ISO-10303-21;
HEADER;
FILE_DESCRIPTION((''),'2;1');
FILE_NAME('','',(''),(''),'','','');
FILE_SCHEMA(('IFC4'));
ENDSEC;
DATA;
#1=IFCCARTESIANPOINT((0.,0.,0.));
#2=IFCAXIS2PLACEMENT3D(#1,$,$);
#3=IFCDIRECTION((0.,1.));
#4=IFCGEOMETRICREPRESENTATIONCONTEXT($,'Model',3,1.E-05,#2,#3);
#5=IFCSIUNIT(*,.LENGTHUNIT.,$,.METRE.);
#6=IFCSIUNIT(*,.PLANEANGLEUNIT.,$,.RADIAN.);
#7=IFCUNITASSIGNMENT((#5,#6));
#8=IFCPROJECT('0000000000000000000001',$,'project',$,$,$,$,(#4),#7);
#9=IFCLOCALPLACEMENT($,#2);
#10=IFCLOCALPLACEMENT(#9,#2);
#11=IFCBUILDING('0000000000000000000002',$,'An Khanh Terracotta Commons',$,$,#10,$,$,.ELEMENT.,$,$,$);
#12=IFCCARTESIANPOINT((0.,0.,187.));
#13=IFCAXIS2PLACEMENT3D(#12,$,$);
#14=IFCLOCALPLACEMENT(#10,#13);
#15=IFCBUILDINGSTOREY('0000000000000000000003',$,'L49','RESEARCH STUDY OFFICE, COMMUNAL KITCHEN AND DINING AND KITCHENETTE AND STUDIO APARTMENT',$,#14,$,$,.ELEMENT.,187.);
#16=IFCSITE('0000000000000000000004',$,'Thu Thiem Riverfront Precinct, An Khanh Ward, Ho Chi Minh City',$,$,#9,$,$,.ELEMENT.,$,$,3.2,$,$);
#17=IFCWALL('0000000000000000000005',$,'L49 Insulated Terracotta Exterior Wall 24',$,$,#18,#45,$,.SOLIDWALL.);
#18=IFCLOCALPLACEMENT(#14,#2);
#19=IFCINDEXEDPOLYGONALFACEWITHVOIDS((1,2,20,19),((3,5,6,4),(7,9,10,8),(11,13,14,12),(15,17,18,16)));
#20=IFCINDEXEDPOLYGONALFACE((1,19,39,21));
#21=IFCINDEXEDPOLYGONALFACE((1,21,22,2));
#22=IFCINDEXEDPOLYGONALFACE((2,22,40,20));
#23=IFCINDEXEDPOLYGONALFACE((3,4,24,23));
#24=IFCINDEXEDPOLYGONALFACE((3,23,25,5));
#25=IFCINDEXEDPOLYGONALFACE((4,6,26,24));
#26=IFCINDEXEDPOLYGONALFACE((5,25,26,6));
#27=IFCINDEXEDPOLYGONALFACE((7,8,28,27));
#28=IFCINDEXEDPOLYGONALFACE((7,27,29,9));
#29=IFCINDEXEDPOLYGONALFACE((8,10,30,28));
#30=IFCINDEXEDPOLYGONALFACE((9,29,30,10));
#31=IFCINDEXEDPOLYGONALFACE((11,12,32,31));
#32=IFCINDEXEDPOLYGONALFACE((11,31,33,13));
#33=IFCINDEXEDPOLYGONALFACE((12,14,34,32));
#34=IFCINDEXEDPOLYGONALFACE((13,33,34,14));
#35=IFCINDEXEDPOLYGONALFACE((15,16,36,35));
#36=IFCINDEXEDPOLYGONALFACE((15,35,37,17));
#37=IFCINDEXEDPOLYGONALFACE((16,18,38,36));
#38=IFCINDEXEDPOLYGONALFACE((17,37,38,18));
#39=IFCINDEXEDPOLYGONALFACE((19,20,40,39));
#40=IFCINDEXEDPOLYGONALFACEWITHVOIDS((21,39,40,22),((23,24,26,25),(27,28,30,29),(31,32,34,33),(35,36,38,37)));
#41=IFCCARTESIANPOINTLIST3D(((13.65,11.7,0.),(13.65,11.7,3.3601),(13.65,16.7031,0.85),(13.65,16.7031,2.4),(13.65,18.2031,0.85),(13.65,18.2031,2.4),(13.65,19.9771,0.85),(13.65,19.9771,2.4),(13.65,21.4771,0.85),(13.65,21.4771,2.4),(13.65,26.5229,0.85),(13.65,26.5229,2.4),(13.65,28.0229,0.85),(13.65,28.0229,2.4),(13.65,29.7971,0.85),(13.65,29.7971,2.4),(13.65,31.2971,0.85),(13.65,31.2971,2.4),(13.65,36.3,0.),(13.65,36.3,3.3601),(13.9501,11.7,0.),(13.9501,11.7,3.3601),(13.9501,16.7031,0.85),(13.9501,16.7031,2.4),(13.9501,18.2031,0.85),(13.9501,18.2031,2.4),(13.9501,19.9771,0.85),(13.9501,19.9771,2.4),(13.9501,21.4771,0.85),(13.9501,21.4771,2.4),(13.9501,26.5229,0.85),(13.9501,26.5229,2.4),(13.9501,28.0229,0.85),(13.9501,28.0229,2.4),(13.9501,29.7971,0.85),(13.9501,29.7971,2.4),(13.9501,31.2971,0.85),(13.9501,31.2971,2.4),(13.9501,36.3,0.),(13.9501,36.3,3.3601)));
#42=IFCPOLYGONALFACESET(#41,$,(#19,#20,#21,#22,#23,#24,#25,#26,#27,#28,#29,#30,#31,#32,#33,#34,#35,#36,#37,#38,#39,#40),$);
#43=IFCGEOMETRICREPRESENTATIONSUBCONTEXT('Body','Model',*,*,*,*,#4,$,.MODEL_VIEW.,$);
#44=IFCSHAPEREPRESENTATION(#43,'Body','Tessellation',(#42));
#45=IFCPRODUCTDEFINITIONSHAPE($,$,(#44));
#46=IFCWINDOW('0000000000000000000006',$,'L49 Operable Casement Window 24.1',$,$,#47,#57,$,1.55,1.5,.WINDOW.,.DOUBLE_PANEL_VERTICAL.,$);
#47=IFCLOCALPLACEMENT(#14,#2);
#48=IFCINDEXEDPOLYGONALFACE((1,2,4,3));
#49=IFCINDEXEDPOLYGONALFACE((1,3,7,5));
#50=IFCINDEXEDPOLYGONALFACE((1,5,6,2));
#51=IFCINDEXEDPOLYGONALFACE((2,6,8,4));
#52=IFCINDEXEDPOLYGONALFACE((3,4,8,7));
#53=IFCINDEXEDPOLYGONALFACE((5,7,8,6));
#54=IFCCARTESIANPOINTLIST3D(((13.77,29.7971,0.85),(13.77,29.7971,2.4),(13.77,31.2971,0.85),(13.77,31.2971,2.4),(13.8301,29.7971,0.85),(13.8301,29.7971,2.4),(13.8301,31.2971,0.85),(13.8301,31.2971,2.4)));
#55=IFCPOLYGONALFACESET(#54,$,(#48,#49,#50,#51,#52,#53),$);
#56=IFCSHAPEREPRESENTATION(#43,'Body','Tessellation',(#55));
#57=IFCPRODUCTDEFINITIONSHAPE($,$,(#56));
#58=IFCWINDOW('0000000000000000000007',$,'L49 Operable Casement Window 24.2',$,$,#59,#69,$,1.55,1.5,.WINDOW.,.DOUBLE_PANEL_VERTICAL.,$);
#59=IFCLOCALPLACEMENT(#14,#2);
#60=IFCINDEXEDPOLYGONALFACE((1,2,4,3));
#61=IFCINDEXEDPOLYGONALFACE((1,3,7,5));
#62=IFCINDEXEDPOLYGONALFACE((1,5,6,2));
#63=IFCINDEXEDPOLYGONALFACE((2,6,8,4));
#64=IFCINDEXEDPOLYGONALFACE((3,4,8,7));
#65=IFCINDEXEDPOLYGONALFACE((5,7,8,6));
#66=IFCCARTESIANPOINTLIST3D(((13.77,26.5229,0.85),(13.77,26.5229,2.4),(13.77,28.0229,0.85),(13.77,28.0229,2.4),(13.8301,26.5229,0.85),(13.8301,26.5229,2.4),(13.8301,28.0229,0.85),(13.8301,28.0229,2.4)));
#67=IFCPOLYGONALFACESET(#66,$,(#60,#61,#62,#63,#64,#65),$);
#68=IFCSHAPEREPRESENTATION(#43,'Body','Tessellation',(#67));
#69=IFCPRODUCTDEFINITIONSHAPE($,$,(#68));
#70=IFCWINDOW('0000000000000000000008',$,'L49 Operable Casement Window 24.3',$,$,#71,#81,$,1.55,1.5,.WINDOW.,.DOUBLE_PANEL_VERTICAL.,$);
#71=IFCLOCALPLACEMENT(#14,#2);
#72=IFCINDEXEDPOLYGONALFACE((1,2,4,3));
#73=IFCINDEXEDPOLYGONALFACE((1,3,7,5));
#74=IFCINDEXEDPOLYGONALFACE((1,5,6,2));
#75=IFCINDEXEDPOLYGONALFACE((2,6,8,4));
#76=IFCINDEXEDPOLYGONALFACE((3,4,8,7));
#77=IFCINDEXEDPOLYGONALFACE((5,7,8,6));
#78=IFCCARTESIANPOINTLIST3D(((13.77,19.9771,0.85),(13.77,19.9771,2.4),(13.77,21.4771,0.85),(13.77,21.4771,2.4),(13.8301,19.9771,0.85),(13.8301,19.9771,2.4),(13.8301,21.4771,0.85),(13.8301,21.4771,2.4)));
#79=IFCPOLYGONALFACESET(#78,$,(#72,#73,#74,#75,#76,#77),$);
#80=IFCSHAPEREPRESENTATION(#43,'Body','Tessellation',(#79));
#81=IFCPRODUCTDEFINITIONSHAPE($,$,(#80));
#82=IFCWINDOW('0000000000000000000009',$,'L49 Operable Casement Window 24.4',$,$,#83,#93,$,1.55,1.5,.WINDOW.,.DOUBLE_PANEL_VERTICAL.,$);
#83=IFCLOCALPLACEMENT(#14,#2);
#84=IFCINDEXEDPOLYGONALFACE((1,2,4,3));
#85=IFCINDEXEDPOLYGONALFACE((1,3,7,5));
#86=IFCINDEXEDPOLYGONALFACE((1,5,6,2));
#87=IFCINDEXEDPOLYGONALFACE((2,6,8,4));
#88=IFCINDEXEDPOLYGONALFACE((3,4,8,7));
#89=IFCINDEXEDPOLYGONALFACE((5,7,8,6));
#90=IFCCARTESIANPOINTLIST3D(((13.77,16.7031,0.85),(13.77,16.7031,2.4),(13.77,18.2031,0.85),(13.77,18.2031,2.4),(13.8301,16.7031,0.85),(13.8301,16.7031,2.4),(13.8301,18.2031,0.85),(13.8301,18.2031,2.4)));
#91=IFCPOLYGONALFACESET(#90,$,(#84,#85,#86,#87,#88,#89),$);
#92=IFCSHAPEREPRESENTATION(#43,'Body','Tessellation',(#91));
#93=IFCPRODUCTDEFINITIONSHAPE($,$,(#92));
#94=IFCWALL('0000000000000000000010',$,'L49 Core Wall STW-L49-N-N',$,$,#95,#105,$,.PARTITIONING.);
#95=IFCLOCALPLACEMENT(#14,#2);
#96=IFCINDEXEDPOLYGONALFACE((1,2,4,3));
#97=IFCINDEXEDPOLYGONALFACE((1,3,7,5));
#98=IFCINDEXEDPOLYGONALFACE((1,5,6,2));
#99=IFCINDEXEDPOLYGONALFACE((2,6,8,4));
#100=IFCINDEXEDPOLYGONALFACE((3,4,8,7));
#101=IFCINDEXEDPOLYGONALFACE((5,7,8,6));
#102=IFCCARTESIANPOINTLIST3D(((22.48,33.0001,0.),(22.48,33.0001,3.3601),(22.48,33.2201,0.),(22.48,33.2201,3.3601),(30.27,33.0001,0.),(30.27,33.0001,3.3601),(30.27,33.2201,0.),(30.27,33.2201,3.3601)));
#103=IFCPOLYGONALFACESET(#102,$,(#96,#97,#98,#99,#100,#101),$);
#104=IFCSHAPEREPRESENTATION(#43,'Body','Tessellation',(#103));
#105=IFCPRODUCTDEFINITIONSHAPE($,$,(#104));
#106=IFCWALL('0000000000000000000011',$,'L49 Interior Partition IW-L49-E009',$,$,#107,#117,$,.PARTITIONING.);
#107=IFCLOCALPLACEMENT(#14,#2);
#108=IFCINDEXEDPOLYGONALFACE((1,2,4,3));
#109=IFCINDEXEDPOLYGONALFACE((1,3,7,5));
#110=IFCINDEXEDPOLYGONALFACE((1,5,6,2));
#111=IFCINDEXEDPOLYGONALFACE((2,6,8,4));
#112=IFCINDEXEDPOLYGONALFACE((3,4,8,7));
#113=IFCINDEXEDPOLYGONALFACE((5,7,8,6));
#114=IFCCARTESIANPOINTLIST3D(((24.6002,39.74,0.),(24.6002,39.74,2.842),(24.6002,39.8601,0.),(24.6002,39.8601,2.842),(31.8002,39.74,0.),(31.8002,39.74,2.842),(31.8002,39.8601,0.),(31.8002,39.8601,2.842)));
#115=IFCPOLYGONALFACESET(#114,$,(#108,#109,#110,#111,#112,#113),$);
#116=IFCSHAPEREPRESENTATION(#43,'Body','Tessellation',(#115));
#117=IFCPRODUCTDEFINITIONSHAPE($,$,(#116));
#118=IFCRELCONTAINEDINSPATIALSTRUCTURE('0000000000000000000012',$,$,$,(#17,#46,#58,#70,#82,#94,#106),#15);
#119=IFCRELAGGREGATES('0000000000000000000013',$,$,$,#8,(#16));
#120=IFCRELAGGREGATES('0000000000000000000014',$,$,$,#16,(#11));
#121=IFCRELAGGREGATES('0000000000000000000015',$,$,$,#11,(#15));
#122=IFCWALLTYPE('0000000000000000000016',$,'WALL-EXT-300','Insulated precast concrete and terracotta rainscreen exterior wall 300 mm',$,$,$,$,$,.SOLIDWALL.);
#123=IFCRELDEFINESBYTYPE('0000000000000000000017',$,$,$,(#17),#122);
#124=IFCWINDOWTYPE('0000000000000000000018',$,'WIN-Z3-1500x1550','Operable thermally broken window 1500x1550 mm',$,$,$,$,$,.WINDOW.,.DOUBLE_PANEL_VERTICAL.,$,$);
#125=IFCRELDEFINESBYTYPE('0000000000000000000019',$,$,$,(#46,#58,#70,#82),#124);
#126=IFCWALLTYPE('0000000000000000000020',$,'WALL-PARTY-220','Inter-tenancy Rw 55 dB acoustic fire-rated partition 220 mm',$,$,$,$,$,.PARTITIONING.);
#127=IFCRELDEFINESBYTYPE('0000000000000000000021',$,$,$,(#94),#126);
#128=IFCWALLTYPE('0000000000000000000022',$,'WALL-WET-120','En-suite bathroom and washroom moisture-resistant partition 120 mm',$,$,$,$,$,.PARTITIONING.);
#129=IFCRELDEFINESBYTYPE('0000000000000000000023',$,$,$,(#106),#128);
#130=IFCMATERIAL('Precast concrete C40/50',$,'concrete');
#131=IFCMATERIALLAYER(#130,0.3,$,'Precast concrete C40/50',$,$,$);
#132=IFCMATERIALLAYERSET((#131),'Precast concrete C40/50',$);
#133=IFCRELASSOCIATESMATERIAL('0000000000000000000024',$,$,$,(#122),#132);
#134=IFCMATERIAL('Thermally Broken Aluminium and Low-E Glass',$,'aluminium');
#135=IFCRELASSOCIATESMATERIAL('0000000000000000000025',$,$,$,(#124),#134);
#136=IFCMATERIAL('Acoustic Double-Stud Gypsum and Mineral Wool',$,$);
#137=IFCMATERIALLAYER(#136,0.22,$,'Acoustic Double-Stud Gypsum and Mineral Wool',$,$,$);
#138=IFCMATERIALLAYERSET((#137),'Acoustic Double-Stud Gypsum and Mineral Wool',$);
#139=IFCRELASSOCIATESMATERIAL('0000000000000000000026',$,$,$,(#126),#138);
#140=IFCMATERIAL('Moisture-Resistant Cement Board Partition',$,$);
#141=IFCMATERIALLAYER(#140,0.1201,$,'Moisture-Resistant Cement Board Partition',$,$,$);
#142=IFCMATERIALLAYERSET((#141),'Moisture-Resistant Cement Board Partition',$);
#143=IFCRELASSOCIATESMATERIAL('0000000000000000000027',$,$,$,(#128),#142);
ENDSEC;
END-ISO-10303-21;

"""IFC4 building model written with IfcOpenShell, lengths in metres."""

from ifc_helpers import new_model, si_unit, direction, frame, frame_2d, origin, place, context, subcontext, project, spatial, rectangle, extrude, material, layer, layer_set, type_object, element, fill, save


model = new_model("IFC4")

# Units and contexts
model_context = context("Model", 3, precision=1e-05, world=origin(), true_north=direction((0.0, 1.0)))
body_context = subcontext(model_context, "Body", "Model", "MODEL_VIEW")
ifc_project = project(units=[si_unit("LENGTHUNIT", "METRE"), si_unit("PLANEANGLEUNIT", "RADIAN")], contexts=[model_context])

# Site, building, storey
site_placement = place(None, origin())
site = spatial("IfcSite", under=ifc_project, at=site_placement, Name="Thu Thiem Riverfront Precinct, An Khanh Ward, Ho Chi Minh City", CompositionType="ELEMENT", RefElevation=3.2)
building_placement = place(site_placement, origin())
building = spatial("IfcBuilding", under=site, at=building_placement, Name="An Khanh Terracotta Commons", CompositionType="ELEMENT")
storey_placement = place(building_placement, frame((0.0, 0.0, 187.0)))
storey = spatial("IfcBuildingStorey", under=building, at=storey_placement, Name="L49", Description="RESEARCH STUDY OFFICE, COMMUNAL KITCHEN AND DINING AND KITCHENETTE AND STUDIO APARTMENT", CompositionType="ELEMENT", Elevation=187.0)

# Shared definitions
ifc_material_1 = material(Name="Precast concrete C40/50", Category="concrete")
ifc_layer_1 = layer(ifc_material_1, 0.3, Name="Precast concrete C40/50")
ifc_layer_set_1 = layer_set([ifc_layer_1], Name="Precast concrete C40/50")
wall_type_1 = type_object("IfcWallType", Name="WALL-EXT-300", Description="Insulated precast concrete and terracotta rainscreen exterior wall 300 mm", PredefinedType="SOLIDWALL", material=ifc_layer_set_1)

# Wall, openings, windows
wall_1_placement = place(storey_placement, frame((13.8, 36.3, 0.0), z_axis=(0.0, 0.0, 1.0), x_axis=(0.0, -1.0, 0.0)))
wall_1 = element("IfcWall", 1, at=wall_1_placement, inside=storey, type_object=wall_type_1, Name="L49 Insulated Terracotta Exterior Wall 24", PredefinedType="SOLIDWALL", context=body_context, shape_type="SweptSolid", body=[
    extrude(rectangle(XDim=24.6001, YDim=0.3, at=frame_2d((12.3, 0.0))), origin(), (0.0, 0.0, 1.0), 3.3601),
])
opening_1_placement = place(wall_1_placement, frame((5.0029, 0.0, 0.8501)))
opening_1 = element("IfcOpeningElement", 2, at=opening_1_placement, cuts=wall_1, PredefinedType="OPENING", context=body_context, shape_type="SweptSolid", body=[
    extrude(rectangle(XDim=1.5, YDim=1.55, at=frame_2d((0.75, 0.7749))), frame((0.0, 0.1599, 0.0), z_axis=(0.0, -1.0, 0.0), x_axis=(1.0, 0.0, 0.0)), (0.0, 0.0, 1.0), 0.3201),
])
opening_2_placement = place(wall_1_placement, frame((8.2771, 0.0, 0.8501)))
opening_2 = element("IfcOpeningElement", 3, at=opening_2_placement, cuts=wall_1, PredefinedType="OPENING", context=body_context, shape_type="SweptSolid", body=[
    extrude(rectangle(XDim=1.5, YDim=1.55, at=frame_2d((0.75, 0.7749))), frame((0.0, 0.1599, 0.0), z_axis=(0.0, -1.0, 0.0), x_axis=(1.0, 0.0, 0.0)), (0.0, 0.0, 1.0), 0.3201),
])
opening_3_placement = place(wall_1_placement, frame((14.823, 0.0, 0.8501)))
opening_3 = element("IfcOpeningElement", 4, at=opening_3_placement, cuts=wall_1, PredefinedType="OPENING", context=body_context, shape_type="SweptSolid", body=[
    extrude(rectangle(XDim=1.5, YDim=1.55, at=frame_2d((0.75, 0.7749))), frame((0.0, 0.1599, 0.0), z_axis=(0.0, -1.0, 0.0), x_axis=(1.0, 0.0, 0.0)), (0.0, 0.0, 1.0), 0.3201),
])
opening_4_placement = place(wall_1_placement, frame((18.0969, 0.0, 0.8501)))
opening_4 = element("IfcOpeningElement", 5, at=opening_4_placement, cuts=wall_1, PredefinedType="OPENING", context=body_context, shape_type="SweptSolid", body=[
    extrude(rectangle(XDim=1.5, YDim=1.55, at=frame_2d((0.75, 0.7749))), frame((0.0, 0.1599, 0.0), z_axis=(0.0, -1.0, 0.0), x_axis=(1.0, 0.0, 0.0)), (0.0, 0.0, 1.0), 0.3201),
])
ifc_material_2 = material(Name="Thermally Broken Aluminium and Low-E Glass", Category="aluminium")
window_type = type_object("IfcWindowType", Name="WIN-Z3-1500x1550", Description="Operable thermally broken window 1500x1550 mm", PartitioningType="DOUBLE_PANEL_VERTICAL", PredefinedType="WINDOW", material=ifc_material_2)
window_1_placement = place(opening_1_placement, origin())
window_1 = element("IfcWindow", 6, at=window_1_placement, inside=storey, type_object=window_type, Name="L49 Operable Casement Window 24.1", OverallHeight=1.55, OverallWidth=1.5, PartitioningType="DOUBLE_PANEL_VERTICAL", PredefinedType="WINDOW", context=body_context, shape_type="SweptSolid", body=[
    extrude(rectangle(XDim=1.5, YDim=1.55, at=frame_2d((0.75, 0.7749))), frame((0.0, 0.03, 0.0), z_axis=(0.0, -1.0, 0.0), x_axis=(1.0, 0.0, 0.0)), (0.0, 0.0, 1.0), 0.0601),
])
fill(opening_1, window_1)
window_2_placement = place(opening_2_placement, origin())
window_2 = element("IfcWindow", 7, at=window_2_placement, inside=storey, type_object=window_type, Name="L49 Operable Casement Window 24.2", OverallHeight=1.55, OverallWidth=1.5, PartitioningType="DOUBLE_PANEL_VERTICAL", PredefinedType="WINDOW", context=body_context, shape_type="SweptSolid", body=[
    extrude(rectangle(XDim=1.5, YDim=1.55, at=frame_2d((0.75, 0.7749))), frame((0.0, 0.03, 0.0), z_axis=(0.0, -1.0, 0.0), x_axis=(1.0, 0.0, 0.0)), (0.0, 0.0, 1.0), 0.0601),
])
fill(opening_2, window_2)
window_3_placement = place(opening_3_placement, origin())
window_3 = element("IfcWindow", 8, at=window_3_placement, inside=storey, type_object=window_type, Name="L49 Operable Casement Window 24.3", OverallHeight=1.55, OverallWidth=1.5, PartitioningType="DOUBLE_PANEL_VERTICAL", PredefinedType="WINDOW", context=body_context, shape_type="SweptSolid", body=[
    extrude(rectangle(XDim=1.5, YDim=1.55, at=frame_2d((0.75, 0.7749))), frame((0.0, 0.03, 0.0), z_axis=(0.0, -1.0, 0.0), x_axis=(1.0, 0.0, 0.0)), (0.0, 0.0, 1.0), 0.0601),
])
fill(opening_3, window_3)
window_4_placement = place(opening_4_placement, origin())
window_4 = element("IfcWindow", 9, at=window_4_placement, inside=storey, type_object=window_type, Name="L49 Operable Casement Window 24.4", OverallHeight=1.55, OverallWidth=1.5, PartitioningType="DOUBLE_PANEL_VERTICAL", PredefinedType="WINDOW", context=body_context, shape_type="SweptSolid", body=[
    extrude(rectangle(XDim=1.5, YDim=1.55, at=frame_2d((0.75, 0.7749))), frame((0.0, 0.03, 0.0), z_axis=(0.0, -1.0, 0.0), x_axis=(1.0, 0.0, 0.0)), (0.0, 0.0, 1.0), 0.0601),
])
fill(opening_4, window_4)

# Walls
ifc_material_3 = material(Name="Acoustic Double-Stud Gypsum and Mineral Wool")
ifc_layer_2 = layer(ifc_material_3, 0.22, Name="Acoustic Double-Stud Gypsum and Mineral Wool")
ifc_layer_set_2 = layer_set([ifc_layer_2], Name="Acoustic Double-Stud Gypsum and Mineral Wool")
wall_type_2 = type_object("IfcWallType", Name="WALL-PARTY-220", Description="Inter-tenancy Rw 55 dB acoustic fire-rated partition 220 mm", PredefinedType="PARTITIONING", material=ifc_layer_set_2)
wall_2_placement = place(storey_placement, frame((22.48, 33.1101, 0.0), z_axis=(0.0, 0.0, 1.0), x_axis=(1.0, 0.0, 0.0)))
element("IfcWall", 10, at=wall_2_placement, inside=storey, type_object=wall_type_2, Name="L49 Core Wall STW-L49-N-N", PredefinedType="PARTITIONING", context=body_context, shape_type="SweptSolid", body=[
    extrude(rectangle(XDim=7.79, YDim=0.22, at=frame_2d((3.895, 0.0))), origin(), (0.0, 0.0, 1.0), 3.3601),
])
ifc_material_4 = material(Name="Moisture-Resistant Cement Board Partition")
ifc_layer_3 = layer(ifc_material_4, 0.1201, Name="Moisture-Resistant Cement Board Partition")
ifc_layer_set_3 = layer_set([ifc_layer_3], Name="Moisture-Resistant Cement Board Partition")
wall_type_3 = type_object("IfcWallType", Name="WALL-WET-120", Description="En-suite bathroom and washroom moisture-resistant partition 120 mm", PredefinedType="PARTITIONING", material=ifc_layer_set_3)
wall_3_placement = place(storey_placement, frame((24.6001, 39.8, 0.0), z_axis=(0.0, 0.0, 1.0), x_axis=(1.0, 0.0, 0.0)))
element("IfcWall", 11, at=wall_3_placement, inside=storey, type_object=wall_type_3, Name="L49 Interior Partition IW-L49-E009", PredefinedType="PARTITIONING", context=body_context, shape_type="SweptSolid", body=[
    extrude(rectangle(XDim=7.2, YDim=0.1201, at=frame_2d((3.6001, 0.0))), origin(), (0.0, 0.0, 1.0), 2.842),
])

save(model, "model.ifc")
